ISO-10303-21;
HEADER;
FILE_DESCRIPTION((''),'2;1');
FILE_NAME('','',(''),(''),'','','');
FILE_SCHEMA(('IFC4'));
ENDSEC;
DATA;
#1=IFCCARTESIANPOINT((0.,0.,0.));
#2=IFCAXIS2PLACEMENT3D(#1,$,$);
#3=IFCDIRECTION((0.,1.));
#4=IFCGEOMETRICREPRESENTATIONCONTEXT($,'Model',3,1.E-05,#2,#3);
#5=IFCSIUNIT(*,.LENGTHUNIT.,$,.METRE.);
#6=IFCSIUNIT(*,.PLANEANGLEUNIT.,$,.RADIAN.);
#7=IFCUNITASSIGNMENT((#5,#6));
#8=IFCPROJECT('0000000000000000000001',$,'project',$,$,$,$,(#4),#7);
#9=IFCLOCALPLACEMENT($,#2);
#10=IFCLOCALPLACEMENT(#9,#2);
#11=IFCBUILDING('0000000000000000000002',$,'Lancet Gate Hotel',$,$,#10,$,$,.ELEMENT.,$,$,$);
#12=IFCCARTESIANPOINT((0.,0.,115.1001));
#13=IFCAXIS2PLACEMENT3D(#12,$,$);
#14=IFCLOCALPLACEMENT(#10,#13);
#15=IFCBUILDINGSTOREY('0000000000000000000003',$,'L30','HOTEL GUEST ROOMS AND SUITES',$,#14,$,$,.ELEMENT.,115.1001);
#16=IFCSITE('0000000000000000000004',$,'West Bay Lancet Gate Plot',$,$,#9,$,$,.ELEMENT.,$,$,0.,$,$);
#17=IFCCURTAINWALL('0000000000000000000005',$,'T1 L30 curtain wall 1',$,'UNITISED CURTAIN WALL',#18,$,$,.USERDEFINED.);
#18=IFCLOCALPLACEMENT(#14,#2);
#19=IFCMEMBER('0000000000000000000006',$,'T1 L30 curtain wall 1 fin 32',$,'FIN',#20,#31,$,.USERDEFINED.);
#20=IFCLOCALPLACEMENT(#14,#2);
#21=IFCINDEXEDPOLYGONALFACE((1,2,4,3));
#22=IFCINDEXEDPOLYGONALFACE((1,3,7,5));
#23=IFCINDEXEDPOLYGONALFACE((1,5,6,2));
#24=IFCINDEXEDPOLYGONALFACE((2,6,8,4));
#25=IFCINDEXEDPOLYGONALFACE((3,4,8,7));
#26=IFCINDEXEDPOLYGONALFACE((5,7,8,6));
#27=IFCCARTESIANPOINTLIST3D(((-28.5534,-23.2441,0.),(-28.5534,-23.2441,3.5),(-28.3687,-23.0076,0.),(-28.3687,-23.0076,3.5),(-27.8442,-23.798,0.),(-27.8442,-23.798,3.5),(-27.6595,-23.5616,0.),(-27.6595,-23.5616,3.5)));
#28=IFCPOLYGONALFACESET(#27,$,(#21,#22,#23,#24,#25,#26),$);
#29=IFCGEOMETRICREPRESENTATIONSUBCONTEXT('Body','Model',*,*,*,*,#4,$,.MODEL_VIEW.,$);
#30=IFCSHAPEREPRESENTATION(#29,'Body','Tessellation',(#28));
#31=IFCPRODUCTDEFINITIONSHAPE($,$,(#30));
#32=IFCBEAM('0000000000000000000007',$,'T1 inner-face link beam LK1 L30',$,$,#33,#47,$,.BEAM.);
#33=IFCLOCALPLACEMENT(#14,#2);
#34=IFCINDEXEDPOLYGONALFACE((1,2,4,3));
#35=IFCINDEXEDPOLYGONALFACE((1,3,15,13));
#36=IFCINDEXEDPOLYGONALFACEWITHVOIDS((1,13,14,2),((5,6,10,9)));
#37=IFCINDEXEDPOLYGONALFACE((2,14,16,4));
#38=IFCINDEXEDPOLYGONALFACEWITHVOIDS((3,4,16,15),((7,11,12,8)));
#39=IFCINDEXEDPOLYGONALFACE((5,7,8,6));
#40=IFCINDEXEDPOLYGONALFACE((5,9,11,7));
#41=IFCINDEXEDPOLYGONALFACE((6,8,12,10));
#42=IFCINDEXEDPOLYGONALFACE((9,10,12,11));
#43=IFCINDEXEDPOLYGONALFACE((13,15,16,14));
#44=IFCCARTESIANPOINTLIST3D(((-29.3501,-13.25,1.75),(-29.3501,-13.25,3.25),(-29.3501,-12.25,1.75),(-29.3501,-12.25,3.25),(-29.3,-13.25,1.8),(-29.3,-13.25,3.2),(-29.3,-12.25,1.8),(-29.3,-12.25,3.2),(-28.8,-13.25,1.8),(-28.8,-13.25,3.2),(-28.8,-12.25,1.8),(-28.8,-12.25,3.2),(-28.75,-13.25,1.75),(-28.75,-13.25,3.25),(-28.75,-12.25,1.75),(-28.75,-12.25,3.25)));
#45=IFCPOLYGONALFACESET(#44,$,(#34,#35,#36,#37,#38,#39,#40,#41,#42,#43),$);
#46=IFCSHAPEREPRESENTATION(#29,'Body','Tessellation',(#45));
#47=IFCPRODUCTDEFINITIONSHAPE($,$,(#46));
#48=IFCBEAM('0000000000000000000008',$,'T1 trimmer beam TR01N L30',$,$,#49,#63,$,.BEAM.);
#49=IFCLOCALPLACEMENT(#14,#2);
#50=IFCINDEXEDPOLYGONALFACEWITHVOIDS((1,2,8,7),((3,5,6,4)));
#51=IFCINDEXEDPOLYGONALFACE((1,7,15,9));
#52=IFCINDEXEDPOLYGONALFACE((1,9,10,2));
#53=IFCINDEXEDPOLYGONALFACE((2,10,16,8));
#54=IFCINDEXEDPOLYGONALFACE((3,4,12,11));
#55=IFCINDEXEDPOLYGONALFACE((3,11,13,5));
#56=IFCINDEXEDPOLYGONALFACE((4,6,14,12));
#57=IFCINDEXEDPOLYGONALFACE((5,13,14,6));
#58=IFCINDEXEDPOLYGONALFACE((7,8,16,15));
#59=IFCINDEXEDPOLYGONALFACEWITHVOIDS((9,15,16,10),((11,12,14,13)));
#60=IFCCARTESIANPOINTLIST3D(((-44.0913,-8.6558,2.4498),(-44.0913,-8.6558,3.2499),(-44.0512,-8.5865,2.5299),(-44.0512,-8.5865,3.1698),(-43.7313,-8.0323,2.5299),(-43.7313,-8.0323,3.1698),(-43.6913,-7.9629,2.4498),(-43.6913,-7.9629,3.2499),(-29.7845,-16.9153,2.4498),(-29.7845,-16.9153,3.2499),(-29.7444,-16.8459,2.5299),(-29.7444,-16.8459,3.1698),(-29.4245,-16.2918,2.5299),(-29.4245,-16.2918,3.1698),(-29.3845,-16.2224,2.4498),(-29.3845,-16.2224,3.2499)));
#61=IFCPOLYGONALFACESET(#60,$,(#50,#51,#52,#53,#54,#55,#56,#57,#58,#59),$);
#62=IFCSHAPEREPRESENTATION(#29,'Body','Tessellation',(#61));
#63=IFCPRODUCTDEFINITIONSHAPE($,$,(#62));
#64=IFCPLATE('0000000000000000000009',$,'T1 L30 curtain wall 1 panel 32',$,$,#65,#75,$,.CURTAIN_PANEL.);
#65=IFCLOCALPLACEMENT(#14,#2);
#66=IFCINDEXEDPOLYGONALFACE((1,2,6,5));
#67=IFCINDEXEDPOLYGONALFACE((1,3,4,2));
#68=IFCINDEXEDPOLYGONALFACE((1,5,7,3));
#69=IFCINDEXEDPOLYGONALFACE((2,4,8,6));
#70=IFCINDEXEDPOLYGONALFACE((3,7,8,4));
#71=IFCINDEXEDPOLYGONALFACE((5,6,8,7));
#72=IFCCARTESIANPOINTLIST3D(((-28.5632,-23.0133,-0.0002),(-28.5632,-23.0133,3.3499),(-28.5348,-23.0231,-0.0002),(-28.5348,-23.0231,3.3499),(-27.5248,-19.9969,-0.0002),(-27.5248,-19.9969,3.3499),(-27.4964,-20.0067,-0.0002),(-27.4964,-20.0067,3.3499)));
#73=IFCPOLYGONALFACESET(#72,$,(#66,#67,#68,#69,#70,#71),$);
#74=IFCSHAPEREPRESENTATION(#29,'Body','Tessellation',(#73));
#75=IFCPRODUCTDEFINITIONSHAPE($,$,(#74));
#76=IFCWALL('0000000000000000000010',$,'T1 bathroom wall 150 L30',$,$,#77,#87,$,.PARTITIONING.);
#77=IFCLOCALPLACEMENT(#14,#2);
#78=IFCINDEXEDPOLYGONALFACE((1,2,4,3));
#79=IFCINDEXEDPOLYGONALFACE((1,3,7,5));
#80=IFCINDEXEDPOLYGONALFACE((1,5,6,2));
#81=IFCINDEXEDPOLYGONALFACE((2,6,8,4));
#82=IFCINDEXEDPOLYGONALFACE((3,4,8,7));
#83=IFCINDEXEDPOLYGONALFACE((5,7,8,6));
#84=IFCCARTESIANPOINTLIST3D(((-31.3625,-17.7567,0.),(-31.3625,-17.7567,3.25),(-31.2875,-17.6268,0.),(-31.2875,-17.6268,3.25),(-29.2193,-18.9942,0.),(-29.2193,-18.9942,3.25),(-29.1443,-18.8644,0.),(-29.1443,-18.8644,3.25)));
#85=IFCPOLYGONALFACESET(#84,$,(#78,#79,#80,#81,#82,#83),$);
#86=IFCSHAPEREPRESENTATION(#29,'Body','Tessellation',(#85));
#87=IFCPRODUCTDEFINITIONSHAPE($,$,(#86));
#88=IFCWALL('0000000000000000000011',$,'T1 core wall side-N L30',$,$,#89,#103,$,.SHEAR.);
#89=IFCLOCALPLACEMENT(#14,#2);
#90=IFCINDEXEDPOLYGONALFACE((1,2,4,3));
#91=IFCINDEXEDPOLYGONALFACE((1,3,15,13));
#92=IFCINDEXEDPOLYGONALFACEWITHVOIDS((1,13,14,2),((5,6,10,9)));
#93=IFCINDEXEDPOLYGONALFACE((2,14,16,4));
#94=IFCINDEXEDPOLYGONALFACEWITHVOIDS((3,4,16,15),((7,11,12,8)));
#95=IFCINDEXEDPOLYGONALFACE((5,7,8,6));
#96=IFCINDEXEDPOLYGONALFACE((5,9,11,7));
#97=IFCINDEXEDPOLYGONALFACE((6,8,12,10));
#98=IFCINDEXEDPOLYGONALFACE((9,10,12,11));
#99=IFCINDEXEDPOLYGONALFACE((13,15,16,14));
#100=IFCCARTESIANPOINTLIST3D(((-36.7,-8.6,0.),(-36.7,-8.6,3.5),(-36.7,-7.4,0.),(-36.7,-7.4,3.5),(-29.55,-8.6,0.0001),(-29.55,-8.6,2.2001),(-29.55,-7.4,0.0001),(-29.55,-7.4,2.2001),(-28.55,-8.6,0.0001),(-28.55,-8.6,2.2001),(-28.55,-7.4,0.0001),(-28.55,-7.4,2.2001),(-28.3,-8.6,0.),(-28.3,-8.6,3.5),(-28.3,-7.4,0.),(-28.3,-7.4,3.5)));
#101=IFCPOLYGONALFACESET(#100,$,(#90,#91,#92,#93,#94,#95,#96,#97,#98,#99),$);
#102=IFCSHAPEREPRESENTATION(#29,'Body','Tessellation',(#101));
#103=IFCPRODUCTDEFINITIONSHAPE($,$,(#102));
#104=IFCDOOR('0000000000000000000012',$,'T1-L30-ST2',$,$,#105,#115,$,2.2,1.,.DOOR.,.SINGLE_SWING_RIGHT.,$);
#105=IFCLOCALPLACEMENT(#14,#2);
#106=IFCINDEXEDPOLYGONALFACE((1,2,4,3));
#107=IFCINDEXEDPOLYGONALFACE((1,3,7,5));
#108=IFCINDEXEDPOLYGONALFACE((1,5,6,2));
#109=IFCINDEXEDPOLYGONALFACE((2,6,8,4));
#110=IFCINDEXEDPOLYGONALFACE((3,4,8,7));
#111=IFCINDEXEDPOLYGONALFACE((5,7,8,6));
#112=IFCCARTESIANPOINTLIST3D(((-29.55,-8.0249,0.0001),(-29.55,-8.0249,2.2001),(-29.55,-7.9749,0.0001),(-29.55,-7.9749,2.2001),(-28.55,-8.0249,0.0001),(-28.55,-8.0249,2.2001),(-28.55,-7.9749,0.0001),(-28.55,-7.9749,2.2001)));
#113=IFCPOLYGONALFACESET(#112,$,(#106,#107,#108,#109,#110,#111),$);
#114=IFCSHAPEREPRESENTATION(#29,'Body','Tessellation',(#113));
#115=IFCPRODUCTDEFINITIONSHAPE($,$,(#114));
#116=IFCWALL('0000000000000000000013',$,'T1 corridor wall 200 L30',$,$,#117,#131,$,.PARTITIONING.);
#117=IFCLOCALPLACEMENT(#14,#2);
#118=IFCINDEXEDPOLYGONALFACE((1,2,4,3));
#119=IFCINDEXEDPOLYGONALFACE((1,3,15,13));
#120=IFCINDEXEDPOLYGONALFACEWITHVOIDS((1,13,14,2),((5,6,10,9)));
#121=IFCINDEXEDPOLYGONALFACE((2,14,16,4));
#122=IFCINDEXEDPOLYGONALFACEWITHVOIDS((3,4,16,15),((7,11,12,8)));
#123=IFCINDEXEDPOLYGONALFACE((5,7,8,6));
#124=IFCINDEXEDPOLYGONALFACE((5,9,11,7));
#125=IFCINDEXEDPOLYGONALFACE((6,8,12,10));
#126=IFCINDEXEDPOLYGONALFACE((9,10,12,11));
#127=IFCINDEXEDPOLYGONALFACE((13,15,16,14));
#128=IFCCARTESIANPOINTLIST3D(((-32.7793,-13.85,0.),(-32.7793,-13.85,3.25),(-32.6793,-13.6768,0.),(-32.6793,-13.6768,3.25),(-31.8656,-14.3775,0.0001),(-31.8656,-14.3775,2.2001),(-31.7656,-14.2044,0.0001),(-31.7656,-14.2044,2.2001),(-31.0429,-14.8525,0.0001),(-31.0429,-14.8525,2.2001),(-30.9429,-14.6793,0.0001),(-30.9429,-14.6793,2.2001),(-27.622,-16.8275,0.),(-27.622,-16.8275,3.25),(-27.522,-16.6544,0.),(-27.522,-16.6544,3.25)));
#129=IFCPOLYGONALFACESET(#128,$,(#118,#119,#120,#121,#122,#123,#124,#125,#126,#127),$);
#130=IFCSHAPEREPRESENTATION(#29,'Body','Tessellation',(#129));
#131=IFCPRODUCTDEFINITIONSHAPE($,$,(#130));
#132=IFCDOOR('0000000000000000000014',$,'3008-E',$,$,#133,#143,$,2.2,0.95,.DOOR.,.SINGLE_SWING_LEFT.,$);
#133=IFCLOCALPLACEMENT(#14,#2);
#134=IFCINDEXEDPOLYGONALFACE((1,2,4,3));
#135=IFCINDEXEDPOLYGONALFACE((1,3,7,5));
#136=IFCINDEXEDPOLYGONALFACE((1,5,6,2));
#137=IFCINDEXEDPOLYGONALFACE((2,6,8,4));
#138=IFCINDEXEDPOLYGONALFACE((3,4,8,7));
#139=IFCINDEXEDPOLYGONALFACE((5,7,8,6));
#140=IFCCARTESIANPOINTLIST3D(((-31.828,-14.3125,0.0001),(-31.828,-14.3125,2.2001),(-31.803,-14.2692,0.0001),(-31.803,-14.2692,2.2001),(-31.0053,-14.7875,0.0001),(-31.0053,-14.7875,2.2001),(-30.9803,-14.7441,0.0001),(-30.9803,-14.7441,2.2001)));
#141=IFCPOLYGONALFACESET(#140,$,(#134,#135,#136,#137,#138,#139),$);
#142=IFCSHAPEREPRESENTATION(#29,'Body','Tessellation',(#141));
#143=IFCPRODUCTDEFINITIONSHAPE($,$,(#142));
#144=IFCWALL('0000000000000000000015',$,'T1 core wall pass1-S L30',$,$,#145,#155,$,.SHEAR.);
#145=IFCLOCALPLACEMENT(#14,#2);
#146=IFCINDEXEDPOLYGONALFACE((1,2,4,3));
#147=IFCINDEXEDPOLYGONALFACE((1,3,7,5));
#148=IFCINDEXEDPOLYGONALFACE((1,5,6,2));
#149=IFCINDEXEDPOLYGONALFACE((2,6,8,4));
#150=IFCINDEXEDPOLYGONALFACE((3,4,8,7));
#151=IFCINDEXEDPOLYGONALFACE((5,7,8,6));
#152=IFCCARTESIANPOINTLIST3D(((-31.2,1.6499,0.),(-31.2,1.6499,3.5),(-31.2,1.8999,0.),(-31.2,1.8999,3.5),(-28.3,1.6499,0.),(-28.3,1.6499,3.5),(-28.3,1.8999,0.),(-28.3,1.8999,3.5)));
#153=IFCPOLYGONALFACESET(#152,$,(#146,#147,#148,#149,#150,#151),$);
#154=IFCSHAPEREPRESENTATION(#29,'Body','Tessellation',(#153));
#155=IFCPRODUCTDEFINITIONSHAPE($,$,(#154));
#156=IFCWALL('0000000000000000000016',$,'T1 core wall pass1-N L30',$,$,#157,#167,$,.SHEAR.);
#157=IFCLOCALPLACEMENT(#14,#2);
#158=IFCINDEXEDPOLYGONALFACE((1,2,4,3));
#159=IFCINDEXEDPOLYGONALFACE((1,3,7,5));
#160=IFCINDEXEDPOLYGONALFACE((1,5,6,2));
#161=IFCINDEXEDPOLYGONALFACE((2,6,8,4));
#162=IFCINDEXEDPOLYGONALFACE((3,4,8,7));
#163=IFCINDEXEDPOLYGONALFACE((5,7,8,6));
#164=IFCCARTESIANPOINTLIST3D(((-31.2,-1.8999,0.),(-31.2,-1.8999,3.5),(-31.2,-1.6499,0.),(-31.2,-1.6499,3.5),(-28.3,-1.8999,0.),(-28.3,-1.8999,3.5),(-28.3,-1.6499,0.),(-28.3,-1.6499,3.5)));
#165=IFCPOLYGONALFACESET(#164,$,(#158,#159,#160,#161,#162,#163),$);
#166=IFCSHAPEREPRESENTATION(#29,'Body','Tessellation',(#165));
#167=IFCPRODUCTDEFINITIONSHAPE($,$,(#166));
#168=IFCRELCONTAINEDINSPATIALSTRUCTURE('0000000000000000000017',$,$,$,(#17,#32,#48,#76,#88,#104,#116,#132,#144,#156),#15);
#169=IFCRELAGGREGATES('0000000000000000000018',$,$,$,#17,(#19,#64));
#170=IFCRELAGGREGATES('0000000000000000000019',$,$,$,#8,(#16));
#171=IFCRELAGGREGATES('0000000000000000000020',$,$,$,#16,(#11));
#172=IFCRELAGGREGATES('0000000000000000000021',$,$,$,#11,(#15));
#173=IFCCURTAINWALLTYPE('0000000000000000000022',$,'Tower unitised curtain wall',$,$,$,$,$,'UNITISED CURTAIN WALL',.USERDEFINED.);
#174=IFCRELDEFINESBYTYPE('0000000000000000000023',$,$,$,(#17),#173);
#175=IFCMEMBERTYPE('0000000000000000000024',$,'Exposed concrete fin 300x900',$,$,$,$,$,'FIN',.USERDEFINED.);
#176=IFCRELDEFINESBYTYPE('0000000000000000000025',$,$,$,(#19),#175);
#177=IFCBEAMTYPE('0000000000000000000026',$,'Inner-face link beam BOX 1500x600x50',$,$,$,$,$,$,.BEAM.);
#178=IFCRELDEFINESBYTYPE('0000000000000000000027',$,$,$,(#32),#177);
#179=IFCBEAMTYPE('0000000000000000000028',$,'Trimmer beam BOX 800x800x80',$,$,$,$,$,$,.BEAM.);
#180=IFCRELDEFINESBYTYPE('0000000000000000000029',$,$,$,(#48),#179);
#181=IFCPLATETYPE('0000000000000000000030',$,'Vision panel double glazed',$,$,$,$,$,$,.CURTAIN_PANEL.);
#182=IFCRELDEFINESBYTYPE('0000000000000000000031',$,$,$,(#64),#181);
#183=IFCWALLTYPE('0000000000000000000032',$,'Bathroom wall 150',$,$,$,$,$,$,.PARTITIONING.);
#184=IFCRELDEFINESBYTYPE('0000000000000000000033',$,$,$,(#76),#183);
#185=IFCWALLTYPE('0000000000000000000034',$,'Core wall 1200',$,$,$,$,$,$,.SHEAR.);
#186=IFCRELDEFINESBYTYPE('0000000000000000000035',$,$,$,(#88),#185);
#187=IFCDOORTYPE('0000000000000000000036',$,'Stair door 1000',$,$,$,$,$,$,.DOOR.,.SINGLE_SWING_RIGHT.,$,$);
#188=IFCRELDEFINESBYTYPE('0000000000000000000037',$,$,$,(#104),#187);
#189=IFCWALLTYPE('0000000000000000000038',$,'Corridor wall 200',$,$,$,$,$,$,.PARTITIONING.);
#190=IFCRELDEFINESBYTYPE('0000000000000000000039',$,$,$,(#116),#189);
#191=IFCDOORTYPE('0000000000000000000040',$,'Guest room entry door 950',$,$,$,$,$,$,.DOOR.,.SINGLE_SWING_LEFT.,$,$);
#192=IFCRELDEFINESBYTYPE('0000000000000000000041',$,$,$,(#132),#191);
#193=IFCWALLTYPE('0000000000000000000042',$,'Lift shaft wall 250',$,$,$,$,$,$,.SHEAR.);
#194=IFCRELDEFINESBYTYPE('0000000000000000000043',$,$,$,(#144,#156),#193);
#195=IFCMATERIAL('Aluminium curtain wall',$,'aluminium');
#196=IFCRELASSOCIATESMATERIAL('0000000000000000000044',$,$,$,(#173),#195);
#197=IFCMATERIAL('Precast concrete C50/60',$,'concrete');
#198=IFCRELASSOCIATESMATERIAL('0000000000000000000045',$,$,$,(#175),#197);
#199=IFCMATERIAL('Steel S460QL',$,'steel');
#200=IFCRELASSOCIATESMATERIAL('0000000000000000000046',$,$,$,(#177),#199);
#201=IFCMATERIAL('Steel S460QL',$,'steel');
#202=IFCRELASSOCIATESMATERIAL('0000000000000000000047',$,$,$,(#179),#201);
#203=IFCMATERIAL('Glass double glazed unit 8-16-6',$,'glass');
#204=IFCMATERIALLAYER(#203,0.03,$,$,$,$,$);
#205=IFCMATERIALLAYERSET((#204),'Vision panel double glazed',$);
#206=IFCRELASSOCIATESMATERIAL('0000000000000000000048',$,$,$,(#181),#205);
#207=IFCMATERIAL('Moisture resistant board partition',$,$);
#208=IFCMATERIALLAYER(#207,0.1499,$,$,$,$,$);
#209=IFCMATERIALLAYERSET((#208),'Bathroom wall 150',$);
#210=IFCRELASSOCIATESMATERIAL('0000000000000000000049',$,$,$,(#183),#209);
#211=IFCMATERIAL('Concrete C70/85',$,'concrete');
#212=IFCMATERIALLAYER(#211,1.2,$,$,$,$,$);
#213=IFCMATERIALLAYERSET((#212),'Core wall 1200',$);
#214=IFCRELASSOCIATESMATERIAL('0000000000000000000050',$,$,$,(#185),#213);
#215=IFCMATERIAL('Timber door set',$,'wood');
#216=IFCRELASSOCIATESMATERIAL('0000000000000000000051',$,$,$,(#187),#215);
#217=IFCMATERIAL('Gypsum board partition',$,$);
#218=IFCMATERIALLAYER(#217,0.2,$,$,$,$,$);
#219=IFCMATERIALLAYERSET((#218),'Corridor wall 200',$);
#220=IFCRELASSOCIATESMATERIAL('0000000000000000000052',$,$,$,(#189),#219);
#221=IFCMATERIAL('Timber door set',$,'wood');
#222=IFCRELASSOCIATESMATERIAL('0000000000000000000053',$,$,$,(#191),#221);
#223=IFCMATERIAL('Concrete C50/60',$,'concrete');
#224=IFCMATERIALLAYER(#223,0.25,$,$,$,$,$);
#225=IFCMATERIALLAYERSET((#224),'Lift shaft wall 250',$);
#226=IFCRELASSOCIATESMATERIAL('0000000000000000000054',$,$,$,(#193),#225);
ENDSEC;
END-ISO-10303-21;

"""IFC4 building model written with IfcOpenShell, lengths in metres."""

from ifc_helpers import new_model, si_unit, direction, frame, frame_2d, origin, origin_2d, place, context, subcontext, project, spatial, rectangle, hollow_rectangle, extrude, material, layer, layer_set, material_profile, profile_set, type_object, element, fill, aggregate, save


model = new_model("IFC4")

# Units and contexts
model_context = context("Model", 3, precision=1e-05, world=origin(), true_north=direction((0.0, 1.0)))
body_context = subcontext(model_context, "Body", "Model", "MODEL_VIEW")
ifc_project = project(units=[si_unit("LENGTHUNIT", "METRE"), si_unit("PLANEANGLEUNIT", "RADIAN")], contexts=[model_context])

# Site, building, storey
site_placement = place(None, origin())
site = spatial("IfcSite", under=ifc_project, at=site_placement, Name="West Bay Lancet Gate Plot", CompositionType="ELEMENT", RefElevation=0.0)
building_placement = place(site_placement, origin())
building = spatial("IfcBuilding", under=site, at=building_placement, Name="Lancet Gate Hotel", CompositionType="ELEMENT")
storey_placement = place(building_placement, frame((0.0, 0.0, 115.1001)))
storey = spatial("IfcBuildingStorey", under=building, at=storey_placement, Name="L30", Description="HOTEL GUEST ROOMS AND SUITES", CompositionType="ELEMENT", Elevation=115.1001)

# Curtain wall
ifc_material_1 = material(Name="Aluminium curtain wall", Category="aluminium")
curtain_wall_type = type_object("IfcCurtainWallType", Name="Tower unitised curtain wall", ElementType="UNITISED CURTAIN WALL", PredefinedType="USERDEFINED", material=ifc_material_1)
curtain_wall_placement = place(storey_placement, origin())
curtain_wall = element("IfcCurtainWall", 1, at=curtain_wall_placement, inside=storey, type_object=curtain_wall_type, Name="T1 L30 curtain wall 1", ObjectType="UNITISED CURTAIN WALL", PredefinedType="USERDEFINED")

# Member
ifc_material_2 = material(Name="Precast concrete C50/60", Category="concrete")
ifc_material_profile_1 = material_profile(ifc_material_2, rectangle(XDim=0.3, YDim=0.8999, at=origin_2d()), Name="FIN 300x900")
ifc_profile_set_1 = profile_set([ifc_material_profile_1], Name="Precast concrete C50/60")
member_type_1 = type_object("IfcMemberType", Name="Exposed concrete fin 300x900", ElementType="FIN", PredefinedType="USERDEFINED", material=ifc_profile_set_1)
member_1_placement = place(storey_placement, frame((-28.1064, -23.4028, 0.0), z_axis=(0.0, 0.0, 1.0), x_axis=(0.615574, 0.788079, 0.0)))
member_1 = element("IfcMember", 2, at=member_1_placement, type_object=member_type_1, Name="T1 L30 curtain wall 1 fin 32", ObjectType="FIN", PredefinedType="USERDEFINED", context=body_context, shape_type="SweptSolid", body=[
    extrude(rectangle(XDim=0.3, YDim=0.8999, at=origin_2d()), origin(), (0.0, 0.0, 1.0), 3.5),
])

# Beams
ifc_material_3 = material(Name="Steel S460QL", Category="steel")
ifc_material_profile_2 = material_profile(ifc_material_3, hollow_rectangle(XDim=0.6001, YDim=1.5, WallThickness=0.05, at=origin_2d()), Name="BOX 1500x600x50")
ifc_profile_set_2 = profile_set([ifc_material_profile_2], Name="Steel S460QL")
beam_type_1 = type_object("IfcBeamType", Name="Inner-face link beam BOX 1500x600x50", PredefinedType="BEAM", material=ifc_profile_set_2)
beam_1_placement = place(storey_placement, frame((-29.05, -12.25, 2.5), z_axis=(0.0, -1.0, 0.0), x_axis=(1.0, 0.0, 0.0)))
element("IfcBeam", 3, at=beam_1_placement, inside=storey, type_object=beam_type_1, Name="T1 inner-face link beam LK1 L30", PredefinedType="BEAM", context=body_context, shape_type="SweptSolid", body=[
    extrude(hollow_rectangle(XDim=0.6001, YDim=1.5, WallThickness=0.05, at=origin_2d()), origin(), (0.0, 0.0, 1.0), 1.0),
])
ifc_material_4 = material(Name="Steel S460QL", Category="steel")
ifc_material_profile_3 = material_profile(ifc_material_4, hollow_rectangle(XDim=0.8, YDim=0.8, WallThickness=0.0801, at=origin_2d()), Name="BOX 800x800x80")
ifc_profile_set_3 = profile_set([ifc_material_profile_3], Name="Steel S460QL")
beam_type_2 = type_object("IfcBeamType", Name="Trimmer beam BOX 800x800x80", PredefinedType="BEAM", material=ifc_profile_set_3)
beam_2_placement = place(storey_placement, frame((-29.5845, -16.5688, 2.8499), z_axis=(-0.86604, 0.499974, 0.0), x_axis=(-0.499974, -0.86604, 0.0)))
element("IfcBeam", 4, at=beam_2_placement, inside=storey, type_object=beam_type_2, Name="T1 trimmer beam TR01N L30", PredefinedType="BEAM", context=body_context, shape_type="SweptSolid", body=[
    extrude(hollow_rectangle(XDim=0.8, YDim=0.8, WallThickness=0.0801, at=origin_2d()), origin(), (0.0, 0.0, 1.0), 16.5198),
])

# Plate
ifc_material_5 = material(Name="Glass double glazed unit 8-16-6", Category="glass")
ifc_layer_1 = layer(ifc_material_5, 0.03)
ifc_layer_set_1 = layer_set([ifc_layer_1], Name="Vision panel double glazed")
plate_type = type_object("IfcPlateType", Name="Vision panel double glazed", PredefinedType="CURTAIN_PANEL", material=ifc_layer_set_1)
plate_placement = place(storey_placement, frame((-28.0298, -21.51, -0.0002), z_axis=(0.0, 0.0, 1.0), x_axis=(0.325516, 0.945537, 0.0)))
plate = element("IfcPlate", 5, at=plate_placement, type_object=plate_type, Name="T1 L30 curtain wall 1 panel 32", PredefinedType="CURTAIN_PANEL", context=body_context, shape_type="SweptSolid", body=[
    extrude(rectangle(XDim=3.1902, YDim=0.03, at=origin_2d()), origin(), (0.0, 0.0, 1.0), 3.3501),
])
aggregate(curtain_wall, [member_1, plate])

# Wall
ifc_material_6 = material(Name="Moisture resistant board partition")
ifc_layer_2 = layer(ifc_material_6, 0.1499)
ifc_layer_set_2 = layer_set([ifc_layer_2], Name="Bathroom wall 150")
wall_type_1 = type_object("IfcWallType", Name="Bathroom wall 150", PredefinedType="PARTITIONING", material=ifc_layer_set_2)
wall_1_placement = place(storey_placement, frame((-29.1819, -18.9292, 0.0), z_axis=(0.0, 0.0, 1.0), x_axis=(-0.866007, 0.500033, 0.0)))
element("IfcWall", 6, at=wall_1_placement, inside=storey, type_object=wall_type_1, Name="T1 bathroom wall 150 L30", PredefinedType="PARTITIONING", context=body_context, shape_type="SweptSolid", body=[
    extrude(rectangle(XDim=2.4749, YDim=0.1499, at=frame_2d((1.2373, 0.0))), origin(), (0.0, 0.0, 1.0), 3.25),
])

# Walls, openings, doors
ifc_material_7 = material(Name="Concrete C70/85", Category="concrete")
ifc_layer_3 = layer(ifc_material_7, 1.2)
ifc_layer_set_3 = layer_set([ifc_layer_3], Name="Core wall 1200")
wall_type_2 = type_object("IfcWallType", Name="Core wall 1200", PredefinedType="SHEAR", material=ifc_layer_set_3)
wall_2_placement = place(storey_placement, frame((-28.3, -8.0, 0.0), z_axis=(0.0, 0.0, 1.0), x_axis=(-1.0, 0.0, 0.0)))
wall_2 = element("IfcWall", 7, at=wall_2_placement, inside=storey, type_object=wall_type_2, Name="T1 core wall side-N L30", PredefinedType="SHEAR", context=body_context, shape_type="SweptSolid", body=[
    extrude(rectangle(XDim=8.3999, YDim=1.2, at=frame_2d((4.2, 0.0))), origin(), (0.0, 0.0, 1.0), 3.5),
])
opening_1_placement = place(wall_2_placement, frame((0.25, 0.0, 0.0)))
opening_1 = element("IfcOpeningElement", 8, at=opening_1_placement, cuts=wall_2, PredefinedType="OPENING", context=body_context, shape_type="SweptSolid", body=[
    extrude(rectangle(XDim=1.0, YDim=2.2, at=frame_2d((0.5, 1.1001))), frame((0.0, 0.6099, 0.0), z_axis=(0.0, -1.0, 0.0), x_axis=(1.0, 0.0, 0.0)), (0.0, 0.0, 1.0), 1.22),
])
ifc_material_8 = material(Name="Timber door set", Category="wood")
door_type_1 = type_object("IfcDoorType", Name="Stair door 1000", OperationType="SINGLE_SWING_RIGHT", PredefinedType="DOOR", material=ifc_material_8)
door_1_placement = place(opening_1_placement, origin())
door_1 = element("IfcDoor", 9, at=door_1_placement, inside=storey, type_object=door_type_1, Name="T1-L30-ST2", OperationType="SINGLE_SWING_RIGHT", OverallHeight=2.2, OverallWidth=1.0, PredefinedType="DOOR", context=body_context, shape_type="SweptSolid", body=[
    extrude(rectangle(XDim=1.0, YDim=2.2, at=frame_2d((0.5, 1.1001))), frame((0.0, 0.0249, 0.0), z_axis=(0.0, -1.0, 0.0), x_axis=(1.0, 0.0, 0.0)), (0.0, 0.0, 1.0), 0.05),
])
fill(opening_1, door_1)
ifc_material_9 = material(Name="Gypsum board partition")
ifc_layer_4 = layer(ifc_material_9, 0.2)
ifc_layer_set_4 = layer_set([ifc_layer_4], Name="Corridor wall 200")
wall_type_3 = type_object("IfcWallType", Name="Corridor wall 200", PredefinedType="PARTITIONING", material=ifc_layer_set_4)
wall_3_placement = place(storey_placement, frame((-27.572, -16.741, 0.0), z_axis=(0.0, 0.0, 1.0), x_axis=(-0.866024, 0.500002, 0.0)))
wall_3 = element("IfcWall", 10, at=wall_3_placement, inside=storey, type_object=wall_type_3, Name="T1 corridor wall 200 L30", PredefinedType="PARTITIONING", context=body_context, shape_type="SweptSolid", body=[
    extrude(rectangle(XDim=5.9551, YDim=0.2, at=frame_2d((2.9775, 0.0))), origin(), (0.0, 0.0, 1.0), 3.25),
])
opening_2_placement = place(wall_3_placement, frame((3.95, 0.0, 0.0)))
opening_2 = element("IfcOpeningElement", 11, at=opening_2_placement, cuts=wall_3, PredefinedType="OPENING", context=body_context, shape_type="SweptSolid", body=[
    extrude(rectangle(XDim=0.95, YDim=2.2, at=frame_2d((0.4751, 1.1001))), frame((0.0, 0.1099, 0.0), z_axis=(0.0, -1.0, 0.0), x_axis=(1.0, 0.0, 0.0)), (0.0, 0.0, 1.0), 0.22),
])
ifc_material_10 = material(Name="Timber door set", Category="wood")
door_type_2 = type_object("IfcDoorType", Name="Guest room entry door 950", OperationType="SINGLE_SWING_LEFT", PredefinedType="DOOR", material=ifc_material_10)
door_2_placement = place(opening_2_placement, origin())
door_2 = element("IfcDoor", 12, at=door_2_placement, inside=storey, type_object=door_type_2, Name="3008-E", OperationType="SINGLE_SWING_LEFT", OverallHeight=2.2, OverallWidth=0.95, PredefinedType="DOOR", context=body_context, shape_type="SweptSolid", body=[
    extrude(rectangle(XDim=0.95, YDim=2.2, at=frame_2d((0.4751, 1.1001))), frame((0.0, 0.0249, 0.0), z_axis=(0.0, -1.0, 0.0), x_axis=(1.0, 0.0, 0.0)), (0.0, 0.0, 1.0), 0.05),
])
fill(opening_2, door_2)

# Walls
ifc_material_11 = material(Name="Concrete C50/60", Category="concrete")
ifc_layer_5 = layer(ifc_material_11, 0.25)
ifc_layer_set_5 = layer_set([ifc_layer_5], Name="Lift shaft wall 250")
wall_type_4 = type_object("IfcWallType", Name="Lift shaft wall 250", PredefinedType="SHEAR", material=ifc_layer_set_5)
for number, where, z_axis, x_axis, name in (
    (13, (-28.3, 1.7749, 0.0), (0.0, 0.0, 1.0), (-1.0, 0.0, 0.0), "T1 core wall pass1-S L30"),
    (14, (-28.3, -1.7749, 0.0), (0.0, 0.0, 1.0), (-1.0, 0.0, 0.0), "T1 core wall pass1-N L30"),
):
    element("IfcWall", number, at=place(storey_placement, frame(where, z_axis=z_axis, x_axis=x_axis)), inside=storey, type_object=wall_type_4, Name=name, PredefinedType="SHEAR", context=body_context, shape_type="SweptSolid", body=[
        extrude(rectangle(XDim=2.8999, YDim=0.25, at=frame_2d((1.45, 0.0))), origin(), (0.0, 0.0, 1.0), 3.5),
    ])

save(model, "model.ifc")
